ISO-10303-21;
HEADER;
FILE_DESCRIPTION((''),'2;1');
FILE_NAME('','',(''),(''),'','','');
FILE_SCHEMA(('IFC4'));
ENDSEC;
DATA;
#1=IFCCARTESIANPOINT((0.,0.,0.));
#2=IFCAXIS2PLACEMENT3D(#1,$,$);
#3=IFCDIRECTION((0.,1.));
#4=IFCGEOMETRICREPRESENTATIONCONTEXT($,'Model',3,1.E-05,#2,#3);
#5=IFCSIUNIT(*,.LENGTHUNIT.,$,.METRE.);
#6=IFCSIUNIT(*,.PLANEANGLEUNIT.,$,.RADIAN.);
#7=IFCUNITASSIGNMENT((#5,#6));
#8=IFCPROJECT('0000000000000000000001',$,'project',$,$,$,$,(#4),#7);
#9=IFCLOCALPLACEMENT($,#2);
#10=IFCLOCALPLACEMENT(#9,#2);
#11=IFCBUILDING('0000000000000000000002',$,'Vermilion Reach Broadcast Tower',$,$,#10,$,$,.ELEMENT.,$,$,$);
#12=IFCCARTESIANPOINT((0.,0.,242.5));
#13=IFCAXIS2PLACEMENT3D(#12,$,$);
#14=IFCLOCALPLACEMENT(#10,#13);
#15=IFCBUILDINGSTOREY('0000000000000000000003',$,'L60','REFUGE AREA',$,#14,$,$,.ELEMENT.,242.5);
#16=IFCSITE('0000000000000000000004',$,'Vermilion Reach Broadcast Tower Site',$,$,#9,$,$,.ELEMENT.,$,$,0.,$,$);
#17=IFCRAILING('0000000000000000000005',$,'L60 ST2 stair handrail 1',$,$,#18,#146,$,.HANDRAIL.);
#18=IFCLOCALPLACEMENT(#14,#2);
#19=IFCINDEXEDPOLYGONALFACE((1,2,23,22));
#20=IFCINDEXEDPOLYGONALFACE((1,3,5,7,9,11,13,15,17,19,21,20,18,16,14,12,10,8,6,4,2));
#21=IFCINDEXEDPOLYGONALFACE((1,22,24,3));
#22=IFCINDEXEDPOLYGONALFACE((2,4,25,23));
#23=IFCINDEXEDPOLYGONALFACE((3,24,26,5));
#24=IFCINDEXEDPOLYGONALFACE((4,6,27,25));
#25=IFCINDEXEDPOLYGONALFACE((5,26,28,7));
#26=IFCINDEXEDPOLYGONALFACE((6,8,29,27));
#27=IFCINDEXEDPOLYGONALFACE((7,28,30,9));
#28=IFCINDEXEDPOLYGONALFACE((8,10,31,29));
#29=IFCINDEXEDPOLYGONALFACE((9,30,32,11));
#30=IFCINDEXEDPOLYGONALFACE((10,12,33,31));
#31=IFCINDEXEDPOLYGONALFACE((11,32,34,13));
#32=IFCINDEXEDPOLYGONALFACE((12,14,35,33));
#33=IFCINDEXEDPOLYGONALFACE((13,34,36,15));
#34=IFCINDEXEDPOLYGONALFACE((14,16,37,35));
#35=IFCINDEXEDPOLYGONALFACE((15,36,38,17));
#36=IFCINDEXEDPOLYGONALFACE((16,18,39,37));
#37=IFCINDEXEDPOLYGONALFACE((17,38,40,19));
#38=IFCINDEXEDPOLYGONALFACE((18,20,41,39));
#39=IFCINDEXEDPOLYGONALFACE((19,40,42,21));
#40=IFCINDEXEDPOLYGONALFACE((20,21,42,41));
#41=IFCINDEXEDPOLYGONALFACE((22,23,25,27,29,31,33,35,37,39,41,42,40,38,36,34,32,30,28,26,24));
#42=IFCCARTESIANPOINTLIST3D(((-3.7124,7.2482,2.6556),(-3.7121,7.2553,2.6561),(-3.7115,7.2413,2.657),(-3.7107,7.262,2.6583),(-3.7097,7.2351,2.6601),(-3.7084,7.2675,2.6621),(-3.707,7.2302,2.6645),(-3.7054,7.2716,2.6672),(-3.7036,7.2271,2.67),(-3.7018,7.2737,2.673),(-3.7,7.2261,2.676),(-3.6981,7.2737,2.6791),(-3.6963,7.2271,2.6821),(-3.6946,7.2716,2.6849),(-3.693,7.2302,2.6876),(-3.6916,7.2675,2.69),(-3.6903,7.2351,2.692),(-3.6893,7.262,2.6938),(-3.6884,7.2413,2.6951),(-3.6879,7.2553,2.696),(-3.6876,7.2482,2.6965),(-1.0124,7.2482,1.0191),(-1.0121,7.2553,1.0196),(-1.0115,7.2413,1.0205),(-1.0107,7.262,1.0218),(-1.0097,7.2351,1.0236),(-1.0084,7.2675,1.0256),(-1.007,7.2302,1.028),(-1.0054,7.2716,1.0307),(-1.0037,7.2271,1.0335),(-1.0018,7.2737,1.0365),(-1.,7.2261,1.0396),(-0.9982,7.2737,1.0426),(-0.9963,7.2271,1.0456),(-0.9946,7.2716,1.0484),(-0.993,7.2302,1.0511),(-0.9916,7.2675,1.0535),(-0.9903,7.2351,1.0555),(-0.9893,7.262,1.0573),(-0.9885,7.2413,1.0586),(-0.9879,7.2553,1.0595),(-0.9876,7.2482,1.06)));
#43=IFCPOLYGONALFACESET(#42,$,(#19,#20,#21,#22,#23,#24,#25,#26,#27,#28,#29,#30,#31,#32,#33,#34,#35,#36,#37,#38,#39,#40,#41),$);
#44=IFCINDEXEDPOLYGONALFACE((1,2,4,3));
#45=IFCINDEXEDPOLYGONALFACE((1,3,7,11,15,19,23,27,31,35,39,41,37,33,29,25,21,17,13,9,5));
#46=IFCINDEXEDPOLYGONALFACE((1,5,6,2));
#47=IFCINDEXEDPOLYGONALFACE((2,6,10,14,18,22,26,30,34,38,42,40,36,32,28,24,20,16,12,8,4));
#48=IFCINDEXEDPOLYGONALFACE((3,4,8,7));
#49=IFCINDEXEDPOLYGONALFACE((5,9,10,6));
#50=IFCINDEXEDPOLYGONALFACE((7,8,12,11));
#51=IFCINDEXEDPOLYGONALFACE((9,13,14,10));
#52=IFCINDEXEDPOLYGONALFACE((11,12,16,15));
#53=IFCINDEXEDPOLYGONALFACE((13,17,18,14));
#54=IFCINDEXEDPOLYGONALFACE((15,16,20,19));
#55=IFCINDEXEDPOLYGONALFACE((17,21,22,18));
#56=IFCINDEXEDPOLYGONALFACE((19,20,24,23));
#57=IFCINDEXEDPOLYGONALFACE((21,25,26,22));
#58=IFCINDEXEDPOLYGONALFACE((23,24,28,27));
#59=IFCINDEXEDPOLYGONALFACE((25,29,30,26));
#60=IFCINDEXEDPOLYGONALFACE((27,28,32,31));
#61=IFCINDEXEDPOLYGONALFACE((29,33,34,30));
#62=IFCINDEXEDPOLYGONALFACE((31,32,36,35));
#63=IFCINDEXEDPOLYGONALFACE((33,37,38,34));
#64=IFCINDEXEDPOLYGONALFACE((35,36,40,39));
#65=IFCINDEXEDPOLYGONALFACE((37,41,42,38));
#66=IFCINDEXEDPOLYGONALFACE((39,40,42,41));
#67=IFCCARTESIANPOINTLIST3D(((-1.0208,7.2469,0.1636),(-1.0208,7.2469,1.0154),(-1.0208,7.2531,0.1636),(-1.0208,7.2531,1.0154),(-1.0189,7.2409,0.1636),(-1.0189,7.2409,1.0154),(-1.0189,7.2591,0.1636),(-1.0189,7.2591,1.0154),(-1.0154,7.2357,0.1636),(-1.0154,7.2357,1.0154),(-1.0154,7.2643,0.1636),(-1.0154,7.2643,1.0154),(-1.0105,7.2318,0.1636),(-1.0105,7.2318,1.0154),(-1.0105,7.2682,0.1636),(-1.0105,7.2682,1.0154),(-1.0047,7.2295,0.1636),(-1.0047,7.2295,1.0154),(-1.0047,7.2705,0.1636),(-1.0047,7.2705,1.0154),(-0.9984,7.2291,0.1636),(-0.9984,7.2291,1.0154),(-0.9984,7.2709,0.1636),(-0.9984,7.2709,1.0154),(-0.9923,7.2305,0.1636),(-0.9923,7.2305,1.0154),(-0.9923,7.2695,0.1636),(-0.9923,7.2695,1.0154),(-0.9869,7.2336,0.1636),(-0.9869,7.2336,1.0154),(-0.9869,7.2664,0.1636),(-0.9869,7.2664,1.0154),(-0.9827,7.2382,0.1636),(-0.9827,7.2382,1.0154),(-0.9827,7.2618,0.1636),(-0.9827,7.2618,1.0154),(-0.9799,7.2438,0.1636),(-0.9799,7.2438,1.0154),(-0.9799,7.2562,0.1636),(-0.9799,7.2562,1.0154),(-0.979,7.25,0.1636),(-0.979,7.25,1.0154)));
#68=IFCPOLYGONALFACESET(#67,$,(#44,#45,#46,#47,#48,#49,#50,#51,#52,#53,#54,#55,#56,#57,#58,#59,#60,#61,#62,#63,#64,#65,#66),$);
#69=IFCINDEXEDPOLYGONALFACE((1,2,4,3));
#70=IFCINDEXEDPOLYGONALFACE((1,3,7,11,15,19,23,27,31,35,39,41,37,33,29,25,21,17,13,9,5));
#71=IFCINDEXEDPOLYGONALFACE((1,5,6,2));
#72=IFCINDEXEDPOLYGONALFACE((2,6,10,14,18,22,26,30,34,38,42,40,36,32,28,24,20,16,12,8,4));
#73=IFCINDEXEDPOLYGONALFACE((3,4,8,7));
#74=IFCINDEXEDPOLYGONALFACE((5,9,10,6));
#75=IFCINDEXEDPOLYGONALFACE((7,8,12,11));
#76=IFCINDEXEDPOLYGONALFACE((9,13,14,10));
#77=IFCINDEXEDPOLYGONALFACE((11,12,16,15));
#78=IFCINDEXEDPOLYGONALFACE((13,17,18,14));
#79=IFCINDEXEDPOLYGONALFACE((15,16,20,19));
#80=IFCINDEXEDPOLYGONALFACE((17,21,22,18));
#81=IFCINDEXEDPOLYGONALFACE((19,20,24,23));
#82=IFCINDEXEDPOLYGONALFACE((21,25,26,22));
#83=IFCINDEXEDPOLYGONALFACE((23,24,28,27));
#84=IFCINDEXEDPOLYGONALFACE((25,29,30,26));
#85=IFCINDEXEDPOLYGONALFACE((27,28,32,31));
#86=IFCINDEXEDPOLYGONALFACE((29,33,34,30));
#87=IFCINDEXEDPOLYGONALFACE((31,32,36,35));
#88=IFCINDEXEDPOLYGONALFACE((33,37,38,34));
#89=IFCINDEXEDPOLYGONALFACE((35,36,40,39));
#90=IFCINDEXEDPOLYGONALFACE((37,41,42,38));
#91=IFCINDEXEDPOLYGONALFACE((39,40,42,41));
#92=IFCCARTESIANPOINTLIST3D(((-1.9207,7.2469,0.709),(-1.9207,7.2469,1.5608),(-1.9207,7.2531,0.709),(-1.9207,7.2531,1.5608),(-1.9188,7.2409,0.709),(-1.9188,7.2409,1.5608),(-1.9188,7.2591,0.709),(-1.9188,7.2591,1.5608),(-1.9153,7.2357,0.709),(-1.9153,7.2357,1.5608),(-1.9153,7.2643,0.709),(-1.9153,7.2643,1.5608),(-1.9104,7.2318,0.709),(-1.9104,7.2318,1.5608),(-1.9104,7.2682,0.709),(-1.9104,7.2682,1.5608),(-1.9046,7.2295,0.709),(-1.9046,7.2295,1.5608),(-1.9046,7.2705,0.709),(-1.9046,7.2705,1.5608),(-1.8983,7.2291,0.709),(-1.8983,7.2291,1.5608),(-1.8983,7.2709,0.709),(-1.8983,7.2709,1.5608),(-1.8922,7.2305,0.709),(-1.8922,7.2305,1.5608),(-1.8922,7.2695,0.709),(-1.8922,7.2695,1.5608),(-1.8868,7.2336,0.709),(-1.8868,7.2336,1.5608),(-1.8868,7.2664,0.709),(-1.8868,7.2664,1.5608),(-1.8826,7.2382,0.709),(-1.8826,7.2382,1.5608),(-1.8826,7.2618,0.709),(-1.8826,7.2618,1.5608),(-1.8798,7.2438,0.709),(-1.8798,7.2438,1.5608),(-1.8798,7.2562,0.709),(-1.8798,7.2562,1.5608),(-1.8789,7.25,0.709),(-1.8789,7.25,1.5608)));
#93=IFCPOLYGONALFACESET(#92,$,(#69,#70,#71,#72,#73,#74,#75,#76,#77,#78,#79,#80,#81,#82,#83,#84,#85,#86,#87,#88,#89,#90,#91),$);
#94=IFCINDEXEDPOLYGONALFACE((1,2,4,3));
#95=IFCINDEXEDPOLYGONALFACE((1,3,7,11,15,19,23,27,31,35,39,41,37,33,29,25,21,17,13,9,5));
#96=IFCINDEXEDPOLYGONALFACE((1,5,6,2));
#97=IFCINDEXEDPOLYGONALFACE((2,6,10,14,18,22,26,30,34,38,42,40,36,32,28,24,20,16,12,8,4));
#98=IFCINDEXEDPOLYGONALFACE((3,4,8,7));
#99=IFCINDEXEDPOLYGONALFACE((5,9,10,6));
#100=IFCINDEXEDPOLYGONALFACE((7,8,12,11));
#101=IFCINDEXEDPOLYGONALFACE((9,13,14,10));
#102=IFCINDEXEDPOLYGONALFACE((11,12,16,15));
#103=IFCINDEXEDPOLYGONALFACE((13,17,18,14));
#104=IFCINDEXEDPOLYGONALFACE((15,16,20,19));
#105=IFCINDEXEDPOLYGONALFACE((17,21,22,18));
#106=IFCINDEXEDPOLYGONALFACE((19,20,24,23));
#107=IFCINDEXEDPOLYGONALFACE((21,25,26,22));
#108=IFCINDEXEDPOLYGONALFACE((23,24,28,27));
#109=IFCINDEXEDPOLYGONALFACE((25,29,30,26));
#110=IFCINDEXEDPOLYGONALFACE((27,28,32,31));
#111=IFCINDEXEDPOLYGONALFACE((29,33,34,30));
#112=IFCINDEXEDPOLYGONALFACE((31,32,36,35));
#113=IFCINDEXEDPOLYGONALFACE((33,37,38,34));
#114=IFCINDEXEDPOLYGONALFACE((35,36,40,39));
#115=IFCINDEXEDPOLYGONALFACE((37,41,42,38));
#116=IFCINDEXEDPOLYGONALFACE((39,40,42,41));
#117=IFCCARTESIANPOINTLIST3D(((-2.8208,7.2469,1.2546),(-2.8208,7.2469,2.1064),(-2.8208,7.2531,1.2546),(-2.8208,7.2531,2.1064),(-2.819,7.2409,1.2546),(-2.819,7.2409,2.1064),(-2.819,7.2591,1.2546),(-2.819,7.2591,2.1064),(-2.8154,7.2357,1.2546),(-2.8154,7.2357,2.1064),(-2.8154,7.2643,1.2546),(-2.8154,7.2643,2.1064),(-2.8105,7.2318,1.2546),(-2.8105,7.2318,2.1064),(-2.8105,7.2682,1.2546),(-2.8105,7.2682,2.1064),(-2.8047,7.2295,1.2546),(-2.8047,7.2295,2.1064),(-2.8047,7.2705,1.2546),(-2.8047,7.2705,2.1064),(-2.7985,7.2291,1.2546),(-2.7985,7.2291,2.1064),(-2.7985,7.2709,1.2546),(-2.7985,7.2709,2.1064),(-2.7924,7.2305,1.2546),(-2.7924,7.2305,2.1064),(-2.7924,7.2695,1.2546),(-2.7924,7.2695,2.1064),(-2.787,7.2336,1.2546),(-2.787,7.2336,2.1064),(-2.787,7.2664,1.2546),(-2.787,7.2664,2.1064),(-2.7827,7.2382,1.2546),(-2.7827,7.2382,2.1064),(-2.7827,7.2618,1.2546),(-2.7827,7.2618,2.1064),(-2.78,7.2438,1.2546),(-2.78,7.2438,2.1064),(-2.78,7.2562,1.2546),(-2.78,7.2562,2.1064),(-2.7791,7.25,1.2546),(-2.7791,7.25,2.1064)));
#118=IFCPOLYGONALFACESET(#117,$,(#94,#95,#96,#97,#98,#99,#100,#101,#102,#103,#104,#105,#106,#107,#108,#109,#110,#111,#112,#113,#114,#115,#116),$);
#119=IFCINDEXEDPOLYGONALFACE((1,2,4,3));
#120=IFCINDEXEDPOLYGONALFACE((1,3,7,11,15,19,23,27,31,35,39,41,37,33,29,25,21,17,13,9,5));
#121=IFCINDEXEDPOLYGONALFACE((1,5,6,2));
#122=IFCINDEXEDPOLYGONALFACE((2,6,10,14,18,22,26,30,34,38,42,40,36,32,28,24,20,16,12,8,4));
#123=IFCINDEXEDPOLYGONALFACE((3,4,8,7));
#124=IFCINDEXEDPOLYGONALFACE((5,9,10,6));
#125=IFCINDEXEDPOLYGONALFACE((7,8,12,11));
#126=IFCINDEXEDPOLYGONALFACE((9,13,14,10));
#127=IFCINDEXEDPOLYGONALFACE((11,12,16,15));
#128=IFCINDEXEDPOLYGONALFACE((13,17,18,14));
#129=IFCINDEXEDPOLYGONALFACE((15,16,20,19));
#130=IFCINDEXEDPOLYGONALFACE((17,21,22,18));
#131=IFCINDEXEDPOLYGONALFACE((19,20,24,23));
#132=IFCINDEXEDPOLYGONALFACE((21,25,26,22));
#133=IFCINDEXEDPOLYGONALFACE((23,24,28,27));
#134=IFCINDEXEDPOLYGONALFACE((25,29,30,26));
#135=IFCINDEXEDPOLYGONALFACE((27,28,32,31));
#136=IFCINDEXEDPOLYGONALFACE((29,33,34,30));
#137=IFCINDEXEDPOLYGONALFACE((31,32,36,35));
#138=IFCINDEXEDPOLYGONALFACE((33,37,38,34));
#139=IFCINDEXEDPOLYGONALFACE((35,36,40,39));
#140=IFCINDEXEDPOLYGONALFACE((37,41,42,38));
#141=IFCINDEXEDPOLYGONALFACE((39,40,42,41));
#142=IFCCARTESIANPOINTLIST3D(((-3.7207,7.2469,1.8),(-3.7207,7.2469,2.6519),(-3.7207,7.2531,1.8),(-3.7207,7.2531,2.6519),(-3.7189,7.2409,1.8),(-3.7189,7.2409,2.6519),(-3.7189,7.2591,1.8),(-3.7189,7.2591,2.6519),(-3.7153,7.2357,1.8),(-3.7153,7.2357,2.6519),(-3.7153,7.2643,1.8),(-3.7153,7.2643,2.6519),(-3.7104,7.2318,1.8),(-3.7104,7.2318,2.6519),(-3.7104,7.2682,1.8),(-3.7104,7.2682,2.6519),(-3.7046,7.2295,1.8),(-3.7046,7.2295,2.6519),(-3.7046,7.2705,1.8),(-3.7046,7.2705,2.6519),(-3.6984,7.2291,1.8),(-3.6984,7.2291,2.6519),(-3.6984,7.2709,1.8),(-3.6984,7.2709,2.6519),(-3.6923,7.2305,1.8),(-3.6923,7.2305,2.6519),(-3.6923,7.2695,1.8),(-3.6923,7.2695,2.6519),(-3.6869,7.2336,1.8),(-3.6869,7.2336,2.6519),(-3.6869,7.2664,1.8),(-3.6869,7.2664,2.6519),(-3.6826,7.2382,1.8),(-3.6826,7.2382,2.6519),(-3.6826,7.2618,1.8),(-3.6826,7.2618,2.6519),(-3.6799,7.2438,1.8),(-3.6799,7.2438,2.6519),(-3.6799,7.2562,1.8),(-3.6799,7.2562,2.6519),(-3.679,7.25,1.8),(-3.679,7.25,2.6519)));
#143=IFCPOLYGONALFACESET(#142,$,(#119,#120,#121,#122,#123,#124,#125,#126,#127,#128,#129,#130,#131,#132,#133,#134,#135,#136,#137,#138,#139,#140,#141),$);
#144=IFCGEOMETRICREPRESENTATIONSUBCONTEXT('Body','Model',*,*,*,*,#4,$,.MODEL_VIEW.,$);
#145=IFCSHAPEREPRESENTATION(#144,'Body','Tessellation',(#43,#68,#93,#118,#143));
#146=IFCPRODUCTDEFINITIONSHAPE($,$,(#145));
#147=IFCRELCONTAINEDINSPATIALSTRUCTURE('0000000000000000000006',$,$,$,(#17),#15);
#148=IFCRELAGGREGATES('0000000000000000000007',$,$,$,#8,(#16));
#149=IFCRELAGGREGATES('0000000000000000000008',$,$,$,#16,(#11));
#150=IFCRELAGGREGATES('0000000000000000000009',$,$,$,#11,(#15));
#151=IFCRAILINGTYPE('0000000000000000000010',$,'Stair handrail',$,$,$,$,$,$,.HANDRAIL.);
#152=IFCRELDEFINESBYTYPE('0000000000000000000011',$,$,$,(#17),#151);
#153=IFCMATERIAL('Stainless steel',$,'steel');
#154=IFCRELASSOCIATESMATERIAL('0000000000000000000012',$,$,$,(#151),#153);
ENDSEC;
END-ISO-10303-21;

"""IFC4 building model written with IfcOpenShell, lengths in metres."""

from ifc_helpers import new_model, si_unit, direction, frame, origin, origin_2d, place, context, subcontext, project, spatial, circle, extrude, material, type_object, element, save


model = new_model("IFC4")

# Units and contexts
model_context = context("Model", 3, precision=1e-05, world=origin(), true_north=direction((0.0, 1.0)))
body_context = subcontext(model_context, "Body", "Model", "MODEL_VIEW")
ifc_project = project(units=[si_unit("LENGTHUNIT", "METRE"), si_unit("PLANEANGLEUNIT", "RADIAN")], contexts=[model_context])

# Site, building, storey
site_placement = place(None, origin())
site = spatial("IfcSite", under=ifc_project, at=site_placement, Name="Vermilion Reach Broadcast Tower Site", CompositionType="ELEMENT", RefElevation=0.0)
building_placement = place(site_placement, origin())
building = spatial("IfcBuilding", under=site, at=building_placement, Name="Vermilion Reach Broadcast Tower", CompositionType="ELEMENT")
storey_placement = place(building_placement, frame((0.0, 0.0, 242.5)))
storey = spatial("IfcBuildingStorey", under=building, at=storey_placement, Name="L60", Description="REFUGE AREA", CompositionType="ELEMENT", Elevation=242.5)

# Railing
ifc_material_1 = material(Name="Stainless steel", Category="steel")
railing_type_1 = type_object("IfcRailingType", Name="Stair handrail", PredefinedType="HANDRAIL", material=ifc_material_1)
for number, where, name in (
    (1, (-1.0, 7.25, 0.1636), "L60 ST2 stair handrail 1"),
):
    element("IfcRailing", number, at=place(storey_placement, frame(where)), inside=storey, type_object=railing_type_1, Name=name, PredefinedType="HANDRAIL", context=body_context, shape_type="SweptSolid", body=[
        extrude(circle(Radius=0.0239, at=origin_2d()), frame((0.0, 0.0, 0.876), z_axis=(-0.855178, 0.0, 0.518334), x_axis=(0.0, -1.0, 0.0)), (0.0, 0.0, 1.0), 3.1572),
        extrude(circle(Radius=0.021, at=origin_2d()), origin(), (0.0, 0.0, 1.0), 0.8518),
        extrude(circle(Radius=0.021, at=origin_2d()), frame((-0.8999, 0.0, 0.5454)), (0.0, 0.0, 1.0), 0.8518),
        extrude(circle(Radius=0.021, at=origin_2d()), frame((-1.8, 0.0, 1.0911)), (0.0, 0.0, 1.0), 0.8518),
        extrude(circle(Radius=0.021, at=origin_2d()), frame((-2.7, 0.0, 1.6365)), (0.0, 0.0, 1.0), 0.8518),
    ])

save(model, "model.ifc")
